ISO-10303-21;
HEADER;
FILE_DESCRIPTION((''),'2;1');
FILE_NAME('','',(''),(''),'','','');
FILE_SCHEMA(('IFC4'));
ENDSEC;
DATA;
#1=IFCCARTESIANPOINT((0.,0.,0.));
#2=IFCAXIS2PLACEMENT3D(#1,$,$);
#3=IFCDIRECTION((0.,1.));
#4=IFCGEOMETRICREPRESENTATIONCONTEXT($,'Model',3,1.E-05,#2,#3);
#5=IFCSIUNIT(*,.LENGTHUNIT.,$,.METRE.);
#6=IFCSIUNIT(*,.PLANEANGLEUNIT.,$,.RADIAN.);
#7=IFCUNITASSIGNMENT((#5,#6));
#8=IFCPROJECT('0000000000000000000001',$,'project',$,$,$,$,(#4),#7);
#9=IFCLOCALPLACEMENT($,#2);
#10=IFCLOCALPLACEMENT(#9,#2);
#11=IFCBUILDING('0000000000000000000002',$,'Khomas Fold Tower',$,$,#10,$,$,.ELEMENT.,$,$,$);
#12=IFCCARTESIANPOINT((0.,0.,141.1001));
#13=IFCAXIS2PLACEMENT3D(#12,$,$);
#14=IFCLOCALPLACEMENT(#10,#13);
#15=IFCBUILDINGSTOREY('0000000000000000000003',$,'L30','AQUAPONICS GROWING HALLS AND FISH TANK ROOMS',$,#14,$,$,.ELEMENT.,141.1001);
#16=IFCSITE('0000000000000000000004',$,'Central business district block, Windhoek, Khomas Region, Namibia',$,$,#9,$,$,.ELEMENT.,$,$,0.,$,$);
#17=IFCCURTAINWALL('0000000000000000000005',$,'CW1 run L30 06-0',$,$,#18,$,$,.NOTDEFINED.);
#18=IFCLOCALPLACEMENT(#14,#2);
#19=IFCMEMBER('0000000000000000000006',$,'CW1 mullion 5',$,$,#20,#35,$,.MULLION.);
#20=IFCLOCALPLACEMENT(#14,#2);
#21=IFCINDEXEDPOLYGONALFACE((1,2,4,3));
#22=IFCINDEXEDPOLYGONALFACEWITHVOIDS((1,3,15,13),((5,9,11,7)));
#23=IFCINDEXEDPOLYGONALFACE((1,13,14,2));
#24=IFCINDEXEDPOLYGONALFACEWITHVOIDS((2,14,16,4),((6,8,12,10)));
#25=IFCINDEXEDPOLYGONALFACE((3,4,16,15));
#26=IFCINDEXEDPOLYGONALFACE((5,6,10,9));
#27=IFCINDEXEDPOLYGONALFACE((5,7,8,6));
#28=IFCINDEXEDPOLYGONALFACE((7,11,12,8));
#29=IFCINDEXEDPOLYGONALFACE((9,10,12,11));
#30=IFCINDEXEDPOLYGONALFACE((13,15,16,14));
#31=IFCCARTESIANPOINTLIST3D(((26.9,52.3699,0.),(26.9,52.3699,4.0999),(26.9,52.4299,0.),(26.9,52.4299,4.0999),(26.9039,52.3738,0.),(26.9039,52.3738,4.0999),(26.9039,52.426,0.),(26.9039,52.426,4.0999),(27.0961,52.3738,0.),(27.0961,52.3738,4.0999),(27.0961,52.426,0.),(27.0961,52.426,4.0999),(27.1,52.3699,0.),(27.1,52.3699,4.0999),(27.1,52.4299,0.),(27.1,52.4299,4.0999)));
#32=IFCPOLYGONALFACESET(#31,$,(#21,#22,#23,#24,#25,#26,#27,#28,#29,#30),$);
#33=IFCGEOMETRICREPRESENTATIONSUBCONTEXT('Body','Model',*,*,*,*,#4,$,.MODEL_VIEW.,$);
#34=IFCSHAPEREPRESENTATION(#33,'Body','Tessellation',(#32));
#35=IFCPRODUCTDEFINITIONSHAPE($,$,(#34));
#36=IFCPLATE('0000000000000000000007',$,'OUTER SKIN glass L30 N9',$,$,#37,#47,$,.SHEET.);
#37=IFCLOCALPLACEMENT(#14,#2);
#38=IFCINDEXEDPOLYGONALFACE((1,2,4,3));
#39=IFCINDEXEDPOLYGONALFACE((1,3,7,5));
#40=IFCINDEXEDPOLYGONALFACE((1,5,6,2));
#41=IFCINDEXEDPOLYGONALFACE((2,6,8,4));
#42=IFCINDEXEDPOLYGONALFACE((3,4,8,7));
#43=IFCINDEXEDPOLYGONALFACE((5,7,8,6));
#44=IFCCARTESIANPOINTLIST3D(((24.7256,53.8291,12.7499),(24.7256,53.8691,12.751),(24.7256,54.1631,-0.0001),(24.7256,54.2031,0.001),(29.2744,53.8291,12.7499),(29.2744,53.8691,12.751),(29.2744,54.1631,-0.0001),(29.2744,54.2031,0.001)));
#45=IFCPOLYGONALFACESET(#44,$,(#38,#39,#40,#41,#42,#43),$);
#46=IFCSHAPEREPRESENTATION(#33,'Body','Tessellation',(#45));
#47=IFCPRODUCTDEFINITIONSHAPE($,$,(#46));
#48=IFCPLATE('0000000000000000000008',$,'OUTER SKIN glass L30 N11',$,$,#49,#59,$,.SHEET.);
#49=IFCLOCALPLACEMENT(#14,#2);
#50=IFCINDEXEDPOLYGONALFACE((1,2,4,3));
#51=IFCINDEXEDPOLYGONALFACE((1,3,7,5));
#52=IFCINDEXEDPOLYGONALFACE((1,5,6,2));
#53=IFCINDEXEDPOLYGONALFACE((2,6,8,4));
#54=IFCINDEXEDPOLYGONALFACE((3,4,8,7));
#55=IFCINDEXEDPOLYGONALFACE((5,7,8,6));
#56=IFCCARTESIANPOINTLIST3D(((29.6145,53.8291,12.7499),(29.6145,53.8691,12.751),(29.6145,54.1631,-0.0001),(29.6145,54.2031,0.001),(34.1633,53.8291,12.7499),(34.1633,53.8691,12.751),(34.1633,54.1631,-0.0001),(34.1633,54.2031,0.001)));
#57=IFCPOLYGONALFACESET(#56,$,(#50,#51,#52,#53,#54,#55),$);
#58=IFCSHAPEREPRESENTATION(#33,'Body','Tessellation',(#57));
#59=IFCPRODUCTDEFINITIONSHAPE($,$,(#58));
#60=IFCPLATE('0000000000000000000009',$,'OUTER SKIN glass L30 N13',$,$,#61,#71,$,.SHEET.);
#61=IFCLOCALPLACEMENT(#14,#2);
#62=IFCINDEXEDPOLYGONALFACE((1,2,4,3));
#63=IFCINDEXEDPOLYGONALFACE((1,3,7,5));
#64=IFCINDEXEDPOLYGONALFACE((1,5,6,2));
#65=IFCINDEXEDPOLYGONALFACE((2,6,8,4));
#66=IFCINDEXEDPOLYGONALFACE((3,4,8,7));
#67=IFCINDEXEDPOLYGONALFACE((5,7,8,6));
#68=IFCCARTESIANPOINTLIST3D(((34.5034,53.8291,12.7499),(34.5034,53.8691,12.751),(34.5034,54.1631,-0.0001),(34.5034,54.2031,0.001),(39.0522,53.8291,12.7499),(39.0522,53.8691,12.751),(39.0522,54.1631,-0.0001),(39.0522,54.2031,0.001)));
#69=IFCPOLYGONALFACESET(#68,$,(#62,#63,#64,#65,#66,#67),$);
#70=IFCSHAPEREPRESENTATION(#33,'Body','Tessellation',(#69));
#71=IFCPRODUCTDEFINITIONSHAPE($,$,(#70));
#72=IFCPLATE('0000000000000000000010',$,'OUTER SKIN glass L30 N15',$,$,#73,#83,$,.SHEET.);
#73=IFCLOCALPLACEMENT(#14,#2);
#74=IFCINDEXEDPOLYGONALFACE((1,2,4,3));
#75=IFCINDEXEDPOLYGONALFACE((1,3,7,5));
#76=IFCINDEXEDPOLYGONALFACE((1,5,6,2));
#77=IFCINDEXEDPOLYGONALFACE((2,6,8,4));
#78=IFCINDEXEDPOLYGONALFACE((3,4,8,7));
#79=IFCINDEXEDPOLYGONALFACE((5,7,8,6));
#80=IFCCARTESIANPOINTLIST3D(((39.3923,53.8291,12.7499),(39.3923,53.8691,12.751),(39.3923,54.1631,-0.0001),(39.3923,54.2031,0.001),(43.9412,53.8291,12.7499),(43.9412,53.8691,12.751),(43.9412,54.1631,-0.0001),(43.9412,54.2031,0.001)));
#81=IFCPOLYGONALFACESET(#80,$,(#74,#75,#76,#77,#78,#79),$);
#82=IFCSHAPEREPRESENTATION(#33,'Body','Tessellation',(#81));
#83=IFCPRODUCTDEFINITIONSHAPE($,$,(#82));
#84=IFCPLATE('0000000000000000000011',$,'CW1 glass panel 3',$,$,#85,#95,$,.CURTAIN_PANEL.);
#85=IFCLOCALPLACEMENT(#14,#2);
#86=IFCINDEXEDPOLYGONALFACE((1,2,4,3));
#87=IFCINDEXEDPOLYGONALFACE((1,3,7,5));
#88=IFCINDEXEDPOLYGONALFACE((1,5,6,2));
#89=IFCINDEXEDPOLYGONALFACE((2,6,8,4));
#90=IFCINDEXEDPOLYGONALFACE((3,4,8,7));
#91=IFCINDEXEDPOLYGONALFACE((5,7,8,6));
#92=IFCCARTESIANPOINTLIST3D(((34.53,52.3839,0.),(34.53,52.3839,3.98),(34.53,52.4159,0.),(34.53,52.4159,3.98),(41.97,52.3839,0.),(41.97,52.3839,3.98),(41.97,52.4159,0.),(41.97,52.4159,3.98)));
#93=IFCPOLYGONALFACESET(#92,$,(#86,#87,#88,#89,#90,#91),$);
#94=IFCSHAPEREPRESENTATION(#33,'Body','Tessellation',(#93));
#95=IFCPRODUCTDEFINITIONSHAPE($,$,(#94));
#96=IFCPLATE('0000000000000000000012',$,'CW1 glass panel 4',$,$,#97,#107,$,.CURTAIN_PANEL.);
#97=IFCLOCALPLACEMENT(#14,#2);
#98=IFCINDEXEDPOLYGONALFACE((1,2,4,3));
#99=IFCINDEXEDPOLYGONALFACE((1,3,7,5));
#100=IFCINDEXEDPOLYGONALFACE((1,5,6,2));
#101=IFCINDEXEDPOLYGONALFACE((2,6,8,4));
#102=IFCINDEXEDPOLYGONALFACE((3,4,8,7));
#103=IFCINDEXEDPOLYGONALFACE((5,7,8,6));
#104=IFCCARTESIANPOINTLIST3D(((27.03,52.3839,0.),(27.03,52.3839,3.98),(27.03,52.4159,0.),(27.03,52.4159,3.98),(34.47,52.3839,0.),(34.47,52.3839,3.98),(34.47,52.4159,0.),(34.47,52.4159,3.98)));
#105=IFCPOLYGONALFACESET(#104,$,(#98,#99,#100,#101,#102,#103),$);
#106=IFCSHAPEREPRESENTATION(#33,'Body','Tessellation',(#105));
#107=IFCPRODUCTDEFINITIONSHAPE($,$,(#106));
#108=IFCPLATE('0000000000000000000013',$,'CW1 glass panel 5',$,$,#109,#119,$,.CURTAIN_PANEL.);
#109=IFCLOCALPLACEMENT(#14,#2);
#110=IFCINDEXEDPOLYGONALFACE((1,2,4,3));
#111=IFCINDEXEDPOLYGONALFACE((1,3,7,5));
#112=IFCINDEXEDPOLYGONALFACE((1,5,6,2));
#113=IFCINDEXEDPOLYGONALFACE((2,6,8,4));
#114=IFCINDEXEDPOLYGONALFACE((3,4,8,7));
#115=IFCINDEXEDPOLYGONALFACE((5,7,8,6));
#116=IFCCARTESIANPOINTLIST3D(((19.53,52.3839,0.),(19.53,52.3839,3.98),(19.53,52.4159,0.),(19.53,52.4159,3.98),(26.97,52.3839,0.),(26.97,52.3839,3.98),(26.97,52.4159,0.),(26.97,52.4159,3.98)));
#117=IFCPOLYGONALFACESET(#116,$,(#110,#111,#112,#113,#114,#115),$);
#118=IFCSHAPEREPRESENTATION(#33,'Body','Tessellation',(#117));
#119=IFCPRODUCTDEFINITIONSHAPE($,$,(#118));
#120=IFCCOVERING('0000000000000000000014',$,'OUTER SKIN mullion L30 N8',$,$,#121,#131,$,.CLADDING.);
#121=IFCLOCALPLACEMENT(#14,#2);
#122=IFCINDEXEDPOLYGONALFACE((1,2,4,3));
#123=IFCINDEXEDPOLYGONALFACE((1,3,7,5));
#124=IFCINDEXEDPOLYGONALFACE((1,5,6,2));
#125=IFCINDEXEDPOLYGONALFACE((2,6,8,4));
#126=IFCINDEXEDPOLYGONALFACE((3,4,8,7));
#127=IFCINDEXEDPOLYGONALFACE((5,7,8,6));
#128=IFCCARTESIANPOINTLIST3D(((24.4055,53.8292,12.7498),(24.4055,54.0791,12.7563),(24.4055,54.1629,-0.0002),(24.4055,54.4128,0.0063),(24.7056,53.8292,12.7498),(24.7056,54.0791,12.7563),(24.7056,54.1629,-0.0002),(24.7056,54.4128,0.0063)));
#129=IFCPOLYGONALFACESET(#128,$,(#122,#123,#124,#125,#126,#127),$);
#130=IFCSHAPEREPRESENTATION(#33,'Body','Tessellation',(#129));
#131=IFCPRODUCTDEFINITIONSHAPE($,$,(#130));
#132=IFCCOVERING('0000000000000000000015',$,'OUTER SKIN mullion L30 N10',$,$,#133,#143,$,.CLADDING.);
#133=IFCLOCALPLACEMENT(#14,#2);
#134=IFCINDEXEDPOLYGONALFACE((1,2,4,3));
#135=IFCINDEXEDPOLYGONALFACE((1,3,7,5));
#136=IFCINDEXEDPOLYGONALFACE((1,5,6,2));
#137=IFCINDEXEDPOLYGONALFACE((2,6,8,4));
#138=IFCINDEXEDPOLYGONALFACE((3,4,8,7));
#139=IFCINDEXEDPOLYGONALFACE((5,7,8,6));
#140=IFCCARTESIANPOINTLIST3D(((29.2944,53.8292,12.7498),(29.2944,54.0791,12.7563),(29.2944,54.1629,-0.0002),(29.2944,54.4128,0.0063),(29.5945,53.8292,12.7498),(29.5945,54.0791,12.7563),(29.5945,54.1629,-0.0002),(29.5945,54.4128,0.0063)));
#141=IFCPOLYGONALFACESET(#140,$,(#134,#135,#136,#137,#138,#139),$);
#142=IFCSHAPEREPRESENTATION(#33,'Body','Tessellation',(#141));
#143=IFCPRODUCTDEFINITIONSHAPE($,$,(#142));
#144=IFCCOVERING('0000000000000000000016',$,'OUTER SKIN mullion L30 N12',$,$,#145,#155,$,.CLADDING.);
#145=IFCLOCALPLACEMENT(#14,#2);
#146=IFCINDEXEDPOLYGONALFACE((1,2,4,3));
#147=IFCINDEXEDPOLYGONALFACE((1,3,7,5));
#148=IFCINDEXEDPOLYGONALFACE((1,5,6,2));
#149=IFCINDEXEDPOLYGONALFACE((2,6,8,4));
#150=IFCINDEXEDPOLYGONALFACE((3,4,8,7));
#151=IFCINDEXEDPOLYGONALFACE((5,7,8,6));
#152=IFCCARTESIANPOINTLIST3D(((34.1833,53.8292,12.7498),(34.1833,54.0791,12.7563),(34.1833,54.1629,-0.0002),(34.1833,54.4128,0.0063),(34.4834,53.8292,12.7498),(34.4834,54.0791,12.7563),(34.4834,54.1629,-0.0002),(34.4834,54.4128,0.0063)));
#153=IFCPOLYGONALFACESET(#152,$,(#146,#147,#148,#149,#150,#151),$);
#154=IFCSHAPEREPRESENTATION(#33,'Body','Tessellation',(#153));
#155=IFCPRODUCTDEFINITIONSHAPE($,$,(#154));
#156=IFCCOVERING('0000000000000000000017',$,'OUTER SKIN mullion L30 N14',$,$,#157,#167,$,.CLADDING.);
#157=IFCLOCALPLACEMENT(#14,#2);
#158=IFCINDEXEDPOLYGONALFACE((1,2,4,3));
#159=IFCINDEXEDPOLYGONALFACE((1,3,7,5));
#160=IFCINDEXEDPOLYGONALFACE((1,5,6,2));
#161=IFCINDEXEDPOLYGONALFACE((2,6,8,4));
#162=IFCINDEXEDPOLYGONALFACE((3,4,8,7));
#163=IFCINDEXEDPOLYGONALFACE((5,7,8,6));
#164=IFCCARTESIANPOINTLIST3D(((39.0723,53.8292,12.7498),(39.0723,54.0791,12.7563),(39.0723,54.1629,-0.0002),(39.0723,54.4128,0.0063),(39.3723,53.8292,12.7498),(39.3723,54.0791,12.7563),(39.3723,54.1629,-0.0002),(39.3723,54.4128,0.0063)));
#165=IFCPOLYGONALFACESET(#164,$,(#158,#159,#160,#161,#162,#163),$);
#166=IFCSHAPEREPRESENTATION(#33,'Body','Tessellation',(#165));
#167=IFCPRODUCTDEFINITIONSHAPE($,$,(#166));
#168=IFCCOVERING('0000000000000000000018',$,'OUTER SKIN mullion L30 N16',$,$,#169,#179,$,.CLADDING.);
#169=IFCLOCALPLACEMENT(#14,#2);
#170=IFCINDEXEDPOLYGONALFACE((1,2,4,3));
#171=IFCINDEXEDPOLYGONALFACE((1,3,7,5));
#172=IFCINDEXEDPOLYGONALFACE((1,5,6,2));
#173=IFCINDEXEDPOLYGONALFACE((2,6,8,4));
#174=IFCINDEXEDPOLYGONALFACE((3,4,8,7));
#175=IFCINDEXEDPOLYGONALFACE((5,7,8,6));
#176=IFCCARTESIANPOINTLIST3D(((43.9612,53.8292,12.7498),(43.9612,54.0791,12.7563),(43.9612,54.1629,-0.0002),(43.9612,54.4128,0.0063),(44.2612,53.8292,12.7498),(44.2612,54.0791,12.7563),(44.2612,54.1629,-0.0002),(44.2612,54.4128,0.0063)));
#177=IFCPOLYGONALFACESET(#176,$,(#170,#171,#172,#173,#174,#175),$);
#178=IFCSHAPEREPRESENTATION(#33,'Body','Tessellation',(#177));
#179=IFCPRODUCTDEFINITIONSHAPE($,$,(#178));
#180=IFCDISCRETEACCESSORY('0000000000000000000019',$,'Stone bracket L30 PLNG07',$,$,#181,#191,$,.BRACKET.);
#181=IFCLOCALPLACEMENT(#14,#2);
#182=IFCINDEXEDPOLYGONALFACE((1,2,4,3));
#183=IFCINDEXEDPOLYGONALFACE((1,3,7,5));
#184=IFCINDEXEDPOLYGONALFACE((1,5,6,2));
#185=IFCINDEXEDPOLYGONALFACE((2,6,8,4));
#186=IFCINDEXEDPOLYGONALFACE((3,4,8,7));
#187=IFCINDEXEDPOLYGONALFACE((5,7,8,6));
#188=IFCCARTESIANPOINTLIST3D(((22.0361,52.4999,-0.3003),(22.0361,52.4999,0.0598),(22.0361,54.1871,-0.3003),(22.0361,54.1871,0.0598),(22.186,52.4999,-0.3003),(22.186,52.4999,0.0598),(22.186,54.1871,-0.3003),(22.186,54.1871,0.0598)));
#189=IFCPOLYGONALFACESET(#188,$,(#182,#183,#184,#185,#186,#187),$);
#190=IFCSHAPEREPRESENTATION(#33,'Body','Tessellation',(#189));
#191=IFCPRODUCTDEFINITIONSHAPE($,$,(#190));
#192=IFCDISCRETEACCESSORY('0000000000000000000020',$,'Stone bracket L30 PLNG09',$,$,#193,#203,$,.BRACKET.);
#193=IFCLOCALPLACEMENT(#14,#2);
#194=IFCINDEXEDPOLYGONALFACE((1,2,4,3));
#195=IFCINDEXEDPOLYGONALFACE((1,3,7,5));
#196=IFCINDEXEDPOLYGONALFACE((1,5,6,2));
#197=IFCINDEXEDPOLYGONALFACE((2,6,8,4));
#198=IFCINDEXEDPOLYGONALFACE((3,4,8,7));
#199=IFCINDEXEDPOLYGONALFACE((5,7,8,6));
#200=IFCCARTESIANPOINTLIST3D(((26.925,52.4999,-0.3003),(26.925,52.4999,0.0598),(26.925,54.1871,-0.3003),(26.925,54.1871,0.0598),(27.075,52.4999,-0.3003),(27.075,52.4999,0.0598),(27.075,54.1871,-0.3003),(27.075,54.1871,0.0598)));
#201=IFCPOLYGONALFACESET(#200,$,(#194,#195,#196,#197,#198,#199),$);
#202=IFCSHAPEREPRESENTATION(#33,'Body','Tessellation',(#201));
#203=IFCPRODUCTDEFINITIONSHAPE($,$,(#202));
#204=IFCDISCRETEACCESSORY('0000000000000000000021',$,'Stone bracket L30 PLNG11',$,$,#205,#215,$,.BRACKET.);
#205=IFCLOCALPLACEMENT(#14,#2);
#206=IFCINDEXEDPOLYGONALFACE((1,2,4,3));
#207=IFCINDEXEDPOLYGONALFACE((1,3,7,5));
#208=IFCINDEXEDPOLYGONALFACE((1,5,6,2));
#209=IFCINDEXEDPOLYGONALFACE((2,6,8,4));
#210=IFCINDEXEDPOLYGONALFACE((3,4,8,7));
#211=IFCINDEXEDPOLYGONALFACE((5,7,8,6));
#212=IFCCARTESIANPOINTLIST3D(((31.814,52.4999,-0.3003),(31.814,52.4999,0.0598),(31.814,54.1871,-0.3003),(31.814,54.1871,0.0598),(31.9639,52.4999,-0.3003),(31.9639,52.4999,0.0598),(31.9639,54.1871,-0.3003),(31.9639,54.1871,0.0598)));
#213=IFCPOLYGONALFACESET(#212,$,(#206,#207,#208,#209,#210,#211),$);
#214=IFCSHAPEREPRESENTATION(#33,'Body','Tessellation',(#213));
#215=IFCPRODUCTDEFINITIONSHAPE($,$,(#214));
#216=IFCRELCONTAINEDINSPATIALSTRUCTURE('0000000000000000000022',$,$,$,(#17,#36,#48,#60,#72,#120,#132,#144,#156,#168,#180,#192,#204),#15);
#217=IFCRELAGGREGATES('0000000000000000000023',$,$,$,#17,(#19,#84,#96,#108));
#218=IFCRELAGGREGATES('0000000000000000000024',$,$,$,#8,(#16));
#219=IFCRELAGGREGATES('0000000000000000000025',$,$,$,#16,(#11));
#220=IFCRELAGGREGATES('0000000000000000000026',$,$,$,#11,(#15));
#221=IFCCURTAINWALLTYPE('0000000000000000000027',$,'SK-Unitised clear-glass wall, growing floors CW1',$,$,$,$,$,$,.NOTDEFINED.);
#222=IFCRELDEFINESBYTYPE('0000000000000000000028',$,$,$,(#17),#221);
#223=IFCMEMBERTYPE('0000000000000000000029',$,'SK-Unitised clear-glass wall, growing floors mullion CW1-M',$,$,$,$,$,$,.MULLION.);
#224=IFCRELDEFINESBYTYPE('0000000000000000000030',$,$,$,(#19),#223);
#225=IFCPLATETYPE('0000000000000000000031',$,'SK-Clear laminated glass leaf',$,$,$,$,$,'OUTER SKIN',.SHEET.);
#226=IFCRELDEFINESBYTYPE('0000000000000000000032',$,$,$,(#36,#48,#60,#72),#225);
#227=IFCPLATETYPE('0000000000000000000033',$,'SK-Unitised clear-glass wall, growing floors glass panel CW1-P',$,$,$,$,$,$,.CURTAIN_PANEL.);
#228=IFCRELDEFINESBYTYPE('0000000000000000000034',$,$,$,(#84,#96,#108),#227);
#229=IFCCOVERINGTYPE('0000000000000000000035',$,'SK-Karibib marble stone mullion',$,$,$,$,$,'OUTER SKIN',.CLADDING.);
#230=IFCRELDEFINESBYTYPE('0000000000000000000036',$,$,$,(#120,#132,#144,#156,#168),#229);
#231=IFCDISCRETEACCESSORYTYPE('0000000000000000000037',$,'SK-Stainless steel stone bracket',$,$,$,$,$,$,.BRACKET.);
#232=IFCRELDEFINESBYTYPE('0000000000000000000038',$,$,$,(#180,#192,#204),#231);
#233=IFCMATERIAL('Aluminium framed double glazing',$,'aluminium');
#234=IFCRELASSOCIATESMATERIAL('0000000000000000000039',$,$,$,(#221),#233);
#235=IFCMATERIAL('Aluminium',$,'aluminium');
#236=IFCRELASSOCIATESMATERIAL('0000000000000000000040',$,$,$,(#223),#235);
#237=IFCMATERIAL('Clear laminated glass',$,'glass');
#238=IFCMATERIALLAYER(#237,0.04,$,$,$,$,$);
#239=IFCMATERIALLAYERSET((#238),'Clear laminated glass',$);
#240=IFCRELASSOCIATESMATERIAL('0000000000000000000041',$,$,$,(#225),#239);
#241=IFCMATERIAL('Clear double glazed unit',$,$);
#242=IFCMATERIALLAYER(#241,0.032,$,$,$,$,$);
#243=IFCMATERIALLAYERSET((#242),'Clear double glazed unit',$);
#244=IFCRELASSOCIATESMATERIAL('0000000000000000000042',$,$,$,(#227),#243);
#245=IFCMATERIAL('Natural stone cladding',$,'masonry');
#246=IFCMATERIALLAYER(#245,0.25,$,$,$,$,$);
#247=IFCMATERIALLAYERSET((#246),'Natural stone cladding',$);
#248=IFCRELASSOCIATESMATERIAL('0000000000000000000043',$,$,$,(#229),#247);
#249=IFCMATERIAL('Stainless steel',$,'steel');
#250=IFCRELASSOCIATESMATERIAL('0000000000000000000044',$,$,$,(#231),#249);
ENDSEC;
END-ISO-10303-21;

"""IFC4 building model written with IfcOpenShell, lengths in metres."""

from ifc_helpers import new_model, si_unit, direction, frame, origin, origin_2d, place, context, subcontext, project, spatial, polyline, rectangle, hollow_rectangle, outline, extrude, source, transform, mapped, material, layer, layer_set, material_profile, profile_set, type_object, element, aggregate, save


model = new_model("IFC4")

# Units and contexts
model_context = context("Model", 3, precision=1e-05, world=origin(), true_north=direction((0.0, 1.0)))
body_context = subcontext(model_context, "Body", "Model", "MODEL_VIEW")
ifc_project = project(units=[si_unit("LENGTHUNIT", "METRE"), si_unit("PLANEANGLEUNIT", "RADIAN")], contexts=[model_context])

# Site, building, storey
site_placement = place(None, origin())
site = spatial("IfcSite", under=ifc_project, at=site_placement, Name="Central business district block, Windhoek, Khomas Region, Namibia", CompositionType="ELEMENT", RefElevation=0.0)
building_placement = place(site_placement, origin())
building = spatial("IfcBuilding", under=site, at=building_placement, Name="Khomas Fold Tower", CompositionType="ELEMENT")
storey_placement = place(building_placement, frame((0.0, 0.0, 141.1001)))
storey = spatial("IfcBuildingStorey", under=building, at=storey_placement, Name="L30", Description="AQUAPONICS GROWING HALLS AND FISH TANK ROOMS", CompositionType="ELEMENT", Elevation=141.1001)

# Curtain wall, member
ifc_material_1 = material(Name="Aluminium framed double glazing", Category="aluminium")
curtain_wall_type = type_object("IfcCurtainWallType", Name="SK-Unitised clear-glass wall, growing floors CW1", PredefinedType="NOTDEFINED", material=ifc_material_1)
curtain_wall_placement = place(storey_placement, origin())
curtain_wall = element("IfcCurtainWall", 1, at=curtain_wall_placement, inside=storey, type_object=curtain_wall_type, Name="CW1 run L30 06-0", PredefinedType="NOTDEFINED")
ifc_material_2 = material(Name="Aluminium", Category="aluminium")
ifc_material_profile_1 = material_profile(ifc_material_2, hollow_rectangle(XDim=0.0601, YDim=0.2, WallThickness=0.0039, at=origin_2d()), Name="SK-Unitised clear-glass wall, growing floors mullion CW1-M")
ifc_profile_set_1 = profile_set([ifc_material_profile_1], Name="Aluminium")
member_type_1 = type_object("IfcMemberType", Name="SK-Unitised clear-glass wall, growing floors mullion CW1-M", PredefinedType="MULLION", material=ifc_profile_set_1)
shared_shape_1 = source(origin(), body_context, "Body", "SweptSolid", [
    extrude(hollow_rectangle(XDim=0.0601, YDim=0.2, WallThickness=0.0039, at=origin_2d()), origin(), (0.0, 0.0, 1.0), 4.0999),
])
member_1_placement = place(storey_placement, frame((27.0, 52.3999, 0.0), z_axis=(0.0, 0.0, 1.0), x_axis=(0.0, -1.0, 0.0)))
member_1 = element("IfcMember", 2, at=member_1_placement, type_object=member_type_1, Name="CW1 mullion 5", PredefinedType="MULLION", context=body_context, shape_type="MappedRepresentation", body=[
    mapped(shared_shape_1, transform((0.0, 0.0, 0.0))),
])

# Plates
ifc_material_3 = material(Name="Clear laminated glass", Category="glass")
ifc_layer_1 = layer(ifc_material_3, 0.04)
ifc_layer_set_1 = layer_set([ifc_layer_1], Name="Clear laminated glass")
plate_type_1 = type_object("IfcPlateType", Name="SK-Clear laminated glass leaf", ElementType="OUTER SKIN", PredefinedType="SHEET", material=ifc_layer_set_1)
for number, where, z_axis, x_axis, name in (
    (3, (24.7256, 54.2031, 0.001), (0.0, 0.999657, 0.026186), (1.0, 0.0, 0.0), "OUTER SKIN glass L30 N9"),
    (4, (29.6145, 54.2031, 0.001), (0.0, 0.999657, 0.026186), (1.0, 0.0, 0.0), "OUTER SKIN glass L30 N11"),
    (5, (34.5034, 54.2031, 0.001), (0.0, 0.999657, 0.026186), (1.0, 0.0, 0.0), "OUTER SKIN glass L30 N13"),
    (6, (39.3923, 54.2031, 0.001), (0.0, 0.999657, 0.026186), (1.0, 0.0, 0.0), "OUTER SKIN glass L30 N15"),
):
    element("IfcPlate", number, at=place(storey_placement, frame(where, z_axis=z_axis, x_axis=x_axis)), inside=storey, type_object=plate_type_1, Name=name, PredefinedType="SHEET", context=body_context, shape_type="SweptSolid", body=[
        extrude(outline(polyline([(0.0, 0.0), (4.5488, 0.0), (4.5488, -12.7544), (0.0, -12.7544), (0.0, 0.0)])), origin(), (0.0, 0.0, -1.0), 0.04),
    ])

# Plates
ifc_material_4 = material(Name="Clear double glazed unit")
ifc_layer_2 = layer(ifc_material_4, 0.032)
ifc_layer_set_2 = layer_set([ifc_layer_2], Name="Clear double glazed unit")
plate_type_2 = type_object("IfcPlateType", Name="SK-Unitised clear-glass wall, growing floors glass panel CW1-P", PredefinedType="CURTAIN_PANEL", material=ifc_layer_set_2)
shared_shape_2 = source(origin(), body_context, "Body", "SweptSolid", [
    extrude(rectangle(XDim=7.4399, YDim=0.032, at=origin_2d()), origin(), (0.0, 0.0, 1.0), 3.98),
])
plate_1_placement = place(storey_placement, frame((38.25, 52.3999, 0.0), z_axis=(0.0, 0.0, 1.0), x_axis=(-1.0, 0.0, 0.0)))
plate_1 = element("IfcPlate", 7, at=plate_1_placement, type_object=plate_type_2, Name="CW1 glass panel 3", PredefinedType="CURTAIN_PANEL", context=body_context, shape_type="MappedRepresentation", body=[
    mapped(shared_shape_2, transform((0.0, 0.0, 0.0))),
])
plate_2_placement = place(storey_placement, frame((30.75, 52.3999, 0.0), z_axis=(0.0, 0.0, 1.0), x_axis=(-1.0, 0.0, 0.0)))
plate_2 = element("IfcPlate", 8, at=plate_2_placement, type_object=plate_type_2, Name="CW1 glass panel 4", PredefinedType="CURTAIN_PANEL", context=body_context, shape_type="MappedRepresentation", body=[
    mapped(shared_shape_2, transform((0.0, 0.0, 0.0))),
])
plate_3_placement = place(storey_placement, frame((23.25, 52.3999, 0.0), z_axis=(0.0, 0.0, 1.0), x_axis=(-1.0, 0.0, 0.0)))
plate_3 = element("IfcPlate", 9, at=plate_3_placement, type_object=plate_type_2, Name="CW1 glass panel 5", PredefinedType="CURTAIN_PANEL", context=body_context, shape_type="MappedRepresentation", body=[
    mapped(shared_shape_2, transform((0.0, 0.0, 0.0))),
])
aggregate(curtain_wall, [member_1, plate_1, plate_2, plate_3])

# Coverings
ifc_material_5 = material(Name="Natural stone cladding", Category="masonry")
ifc_layer_3 = layer(ifc_material_5, 0.25)
ifc_layer_set_3 = layer_set([ifc_layer_3], Name="Natural stone cladding")
covering_type = type_object("IfcCoveringType", Name="SK-Karibib marble stone mullion", ElementType="OUTER SKIN", PredefinedType="CLADDING", material=ifc_layer_set_3)
for number, where, z_axis, x_axis, name in (
    (10, (24.4055, 54.4128, 0.0063), (0.0, 0.999658, 0.026167), (1.0, 0.0, 0.0), "OUTER SKIN mullion L30 N8"),
    (11, (29.2944, 54.4128, 0.0063), (0.0, 0.999658, 0.026167), (1.0, 0.0, 0.0), "OUTER SKIN mullion L30 N10"),
    (12, (34.1833, 54.4128, 0.0063), (0.0, 0.999658, 0.026167), (1.0, 0.0, 0.0), "OUTER SKIN mullion L30 N12"),
    (13, (39.0723, 54.4128, 0.0063), (0.0, 0.999658, 0.026167), (1.0, 0.0, 0.0), "OUTER SKIN mullion L30 N14"),
    (14, (43.9612, 54.4128, 0.0063), (0.0, 0.999658, 0.026167), (1.0, 0.0, 0.0), "OUTER SKIN mullion L30 N16"),
):
    element("IfcCovering", number, at=place(storey_placement, frame(where, z_axis=z_axis, x_axis=x_axis)), inside=storey, type_object=covering_type, Name=name, PredefinedType="CLADDING", context=body_context, shape_type="SweptSolid", body=[
        extrude(outline(polyline([(0.0, 0.0), (0.3, 0.0), (0.3, -12.7544), (0.0, -12.7544), (0.0, 0.0)])), origin(), (0.0, 0.0, -1.0), 0.25),
    ])

# Discrete accessories
ifc_material_6 = material(Name="Stainless steel", Category="steel")
discrete_accessory_type = type_object("IfcDiscreteAccessoryType", Name="SK-Stainless steel stone bracket", PredefinedType="BRACKET", material=ifc_material_6)
shared_shape_3 = source(origin(), body_context, "Body", "SweptSolid", [
    extrude(rectangle(XDim=1.6873, YDim=0.1499, at=origin_2d()), origin(), (0.0, 0.0, 1.0), 0.3601),
])
for number, where, z_axis, x_axis, name in (
    (15, (22.1111, 53.3435, -0.3003), (0.0, 0.0, 1.0), (0.0, 1.0, 0.0), "Stone bracket L30 PLNG07"),
    (16, (27.0, 53.3435, -0.3003), (0.0, 0.0, 1.0), (0.0, 1.0, 0.0), "Stone bracket L30 PLNG09"),
    (17, (31.8889, 53.3435, -0.3003), (0.0, 0.0, 1.0), (0.0, 1.0, 0.0), "Stone bracket L30 PLNG11"),
):
    element("IfcDiscreteAccessory", number, at=place(storey_placement, frame(where, z_axis=z_axis, x_axis=x_axis)), inside=storey, type_object=discrete_accessory_type, Name=name, PredefinedType="BRACKET", context=body_context, shape_type="MappedRepresentation", body=[
        mapped(shared_shape_3, transform((0.0, 0.0, 0.0))),
    ])

save(model, "model.ifc")
